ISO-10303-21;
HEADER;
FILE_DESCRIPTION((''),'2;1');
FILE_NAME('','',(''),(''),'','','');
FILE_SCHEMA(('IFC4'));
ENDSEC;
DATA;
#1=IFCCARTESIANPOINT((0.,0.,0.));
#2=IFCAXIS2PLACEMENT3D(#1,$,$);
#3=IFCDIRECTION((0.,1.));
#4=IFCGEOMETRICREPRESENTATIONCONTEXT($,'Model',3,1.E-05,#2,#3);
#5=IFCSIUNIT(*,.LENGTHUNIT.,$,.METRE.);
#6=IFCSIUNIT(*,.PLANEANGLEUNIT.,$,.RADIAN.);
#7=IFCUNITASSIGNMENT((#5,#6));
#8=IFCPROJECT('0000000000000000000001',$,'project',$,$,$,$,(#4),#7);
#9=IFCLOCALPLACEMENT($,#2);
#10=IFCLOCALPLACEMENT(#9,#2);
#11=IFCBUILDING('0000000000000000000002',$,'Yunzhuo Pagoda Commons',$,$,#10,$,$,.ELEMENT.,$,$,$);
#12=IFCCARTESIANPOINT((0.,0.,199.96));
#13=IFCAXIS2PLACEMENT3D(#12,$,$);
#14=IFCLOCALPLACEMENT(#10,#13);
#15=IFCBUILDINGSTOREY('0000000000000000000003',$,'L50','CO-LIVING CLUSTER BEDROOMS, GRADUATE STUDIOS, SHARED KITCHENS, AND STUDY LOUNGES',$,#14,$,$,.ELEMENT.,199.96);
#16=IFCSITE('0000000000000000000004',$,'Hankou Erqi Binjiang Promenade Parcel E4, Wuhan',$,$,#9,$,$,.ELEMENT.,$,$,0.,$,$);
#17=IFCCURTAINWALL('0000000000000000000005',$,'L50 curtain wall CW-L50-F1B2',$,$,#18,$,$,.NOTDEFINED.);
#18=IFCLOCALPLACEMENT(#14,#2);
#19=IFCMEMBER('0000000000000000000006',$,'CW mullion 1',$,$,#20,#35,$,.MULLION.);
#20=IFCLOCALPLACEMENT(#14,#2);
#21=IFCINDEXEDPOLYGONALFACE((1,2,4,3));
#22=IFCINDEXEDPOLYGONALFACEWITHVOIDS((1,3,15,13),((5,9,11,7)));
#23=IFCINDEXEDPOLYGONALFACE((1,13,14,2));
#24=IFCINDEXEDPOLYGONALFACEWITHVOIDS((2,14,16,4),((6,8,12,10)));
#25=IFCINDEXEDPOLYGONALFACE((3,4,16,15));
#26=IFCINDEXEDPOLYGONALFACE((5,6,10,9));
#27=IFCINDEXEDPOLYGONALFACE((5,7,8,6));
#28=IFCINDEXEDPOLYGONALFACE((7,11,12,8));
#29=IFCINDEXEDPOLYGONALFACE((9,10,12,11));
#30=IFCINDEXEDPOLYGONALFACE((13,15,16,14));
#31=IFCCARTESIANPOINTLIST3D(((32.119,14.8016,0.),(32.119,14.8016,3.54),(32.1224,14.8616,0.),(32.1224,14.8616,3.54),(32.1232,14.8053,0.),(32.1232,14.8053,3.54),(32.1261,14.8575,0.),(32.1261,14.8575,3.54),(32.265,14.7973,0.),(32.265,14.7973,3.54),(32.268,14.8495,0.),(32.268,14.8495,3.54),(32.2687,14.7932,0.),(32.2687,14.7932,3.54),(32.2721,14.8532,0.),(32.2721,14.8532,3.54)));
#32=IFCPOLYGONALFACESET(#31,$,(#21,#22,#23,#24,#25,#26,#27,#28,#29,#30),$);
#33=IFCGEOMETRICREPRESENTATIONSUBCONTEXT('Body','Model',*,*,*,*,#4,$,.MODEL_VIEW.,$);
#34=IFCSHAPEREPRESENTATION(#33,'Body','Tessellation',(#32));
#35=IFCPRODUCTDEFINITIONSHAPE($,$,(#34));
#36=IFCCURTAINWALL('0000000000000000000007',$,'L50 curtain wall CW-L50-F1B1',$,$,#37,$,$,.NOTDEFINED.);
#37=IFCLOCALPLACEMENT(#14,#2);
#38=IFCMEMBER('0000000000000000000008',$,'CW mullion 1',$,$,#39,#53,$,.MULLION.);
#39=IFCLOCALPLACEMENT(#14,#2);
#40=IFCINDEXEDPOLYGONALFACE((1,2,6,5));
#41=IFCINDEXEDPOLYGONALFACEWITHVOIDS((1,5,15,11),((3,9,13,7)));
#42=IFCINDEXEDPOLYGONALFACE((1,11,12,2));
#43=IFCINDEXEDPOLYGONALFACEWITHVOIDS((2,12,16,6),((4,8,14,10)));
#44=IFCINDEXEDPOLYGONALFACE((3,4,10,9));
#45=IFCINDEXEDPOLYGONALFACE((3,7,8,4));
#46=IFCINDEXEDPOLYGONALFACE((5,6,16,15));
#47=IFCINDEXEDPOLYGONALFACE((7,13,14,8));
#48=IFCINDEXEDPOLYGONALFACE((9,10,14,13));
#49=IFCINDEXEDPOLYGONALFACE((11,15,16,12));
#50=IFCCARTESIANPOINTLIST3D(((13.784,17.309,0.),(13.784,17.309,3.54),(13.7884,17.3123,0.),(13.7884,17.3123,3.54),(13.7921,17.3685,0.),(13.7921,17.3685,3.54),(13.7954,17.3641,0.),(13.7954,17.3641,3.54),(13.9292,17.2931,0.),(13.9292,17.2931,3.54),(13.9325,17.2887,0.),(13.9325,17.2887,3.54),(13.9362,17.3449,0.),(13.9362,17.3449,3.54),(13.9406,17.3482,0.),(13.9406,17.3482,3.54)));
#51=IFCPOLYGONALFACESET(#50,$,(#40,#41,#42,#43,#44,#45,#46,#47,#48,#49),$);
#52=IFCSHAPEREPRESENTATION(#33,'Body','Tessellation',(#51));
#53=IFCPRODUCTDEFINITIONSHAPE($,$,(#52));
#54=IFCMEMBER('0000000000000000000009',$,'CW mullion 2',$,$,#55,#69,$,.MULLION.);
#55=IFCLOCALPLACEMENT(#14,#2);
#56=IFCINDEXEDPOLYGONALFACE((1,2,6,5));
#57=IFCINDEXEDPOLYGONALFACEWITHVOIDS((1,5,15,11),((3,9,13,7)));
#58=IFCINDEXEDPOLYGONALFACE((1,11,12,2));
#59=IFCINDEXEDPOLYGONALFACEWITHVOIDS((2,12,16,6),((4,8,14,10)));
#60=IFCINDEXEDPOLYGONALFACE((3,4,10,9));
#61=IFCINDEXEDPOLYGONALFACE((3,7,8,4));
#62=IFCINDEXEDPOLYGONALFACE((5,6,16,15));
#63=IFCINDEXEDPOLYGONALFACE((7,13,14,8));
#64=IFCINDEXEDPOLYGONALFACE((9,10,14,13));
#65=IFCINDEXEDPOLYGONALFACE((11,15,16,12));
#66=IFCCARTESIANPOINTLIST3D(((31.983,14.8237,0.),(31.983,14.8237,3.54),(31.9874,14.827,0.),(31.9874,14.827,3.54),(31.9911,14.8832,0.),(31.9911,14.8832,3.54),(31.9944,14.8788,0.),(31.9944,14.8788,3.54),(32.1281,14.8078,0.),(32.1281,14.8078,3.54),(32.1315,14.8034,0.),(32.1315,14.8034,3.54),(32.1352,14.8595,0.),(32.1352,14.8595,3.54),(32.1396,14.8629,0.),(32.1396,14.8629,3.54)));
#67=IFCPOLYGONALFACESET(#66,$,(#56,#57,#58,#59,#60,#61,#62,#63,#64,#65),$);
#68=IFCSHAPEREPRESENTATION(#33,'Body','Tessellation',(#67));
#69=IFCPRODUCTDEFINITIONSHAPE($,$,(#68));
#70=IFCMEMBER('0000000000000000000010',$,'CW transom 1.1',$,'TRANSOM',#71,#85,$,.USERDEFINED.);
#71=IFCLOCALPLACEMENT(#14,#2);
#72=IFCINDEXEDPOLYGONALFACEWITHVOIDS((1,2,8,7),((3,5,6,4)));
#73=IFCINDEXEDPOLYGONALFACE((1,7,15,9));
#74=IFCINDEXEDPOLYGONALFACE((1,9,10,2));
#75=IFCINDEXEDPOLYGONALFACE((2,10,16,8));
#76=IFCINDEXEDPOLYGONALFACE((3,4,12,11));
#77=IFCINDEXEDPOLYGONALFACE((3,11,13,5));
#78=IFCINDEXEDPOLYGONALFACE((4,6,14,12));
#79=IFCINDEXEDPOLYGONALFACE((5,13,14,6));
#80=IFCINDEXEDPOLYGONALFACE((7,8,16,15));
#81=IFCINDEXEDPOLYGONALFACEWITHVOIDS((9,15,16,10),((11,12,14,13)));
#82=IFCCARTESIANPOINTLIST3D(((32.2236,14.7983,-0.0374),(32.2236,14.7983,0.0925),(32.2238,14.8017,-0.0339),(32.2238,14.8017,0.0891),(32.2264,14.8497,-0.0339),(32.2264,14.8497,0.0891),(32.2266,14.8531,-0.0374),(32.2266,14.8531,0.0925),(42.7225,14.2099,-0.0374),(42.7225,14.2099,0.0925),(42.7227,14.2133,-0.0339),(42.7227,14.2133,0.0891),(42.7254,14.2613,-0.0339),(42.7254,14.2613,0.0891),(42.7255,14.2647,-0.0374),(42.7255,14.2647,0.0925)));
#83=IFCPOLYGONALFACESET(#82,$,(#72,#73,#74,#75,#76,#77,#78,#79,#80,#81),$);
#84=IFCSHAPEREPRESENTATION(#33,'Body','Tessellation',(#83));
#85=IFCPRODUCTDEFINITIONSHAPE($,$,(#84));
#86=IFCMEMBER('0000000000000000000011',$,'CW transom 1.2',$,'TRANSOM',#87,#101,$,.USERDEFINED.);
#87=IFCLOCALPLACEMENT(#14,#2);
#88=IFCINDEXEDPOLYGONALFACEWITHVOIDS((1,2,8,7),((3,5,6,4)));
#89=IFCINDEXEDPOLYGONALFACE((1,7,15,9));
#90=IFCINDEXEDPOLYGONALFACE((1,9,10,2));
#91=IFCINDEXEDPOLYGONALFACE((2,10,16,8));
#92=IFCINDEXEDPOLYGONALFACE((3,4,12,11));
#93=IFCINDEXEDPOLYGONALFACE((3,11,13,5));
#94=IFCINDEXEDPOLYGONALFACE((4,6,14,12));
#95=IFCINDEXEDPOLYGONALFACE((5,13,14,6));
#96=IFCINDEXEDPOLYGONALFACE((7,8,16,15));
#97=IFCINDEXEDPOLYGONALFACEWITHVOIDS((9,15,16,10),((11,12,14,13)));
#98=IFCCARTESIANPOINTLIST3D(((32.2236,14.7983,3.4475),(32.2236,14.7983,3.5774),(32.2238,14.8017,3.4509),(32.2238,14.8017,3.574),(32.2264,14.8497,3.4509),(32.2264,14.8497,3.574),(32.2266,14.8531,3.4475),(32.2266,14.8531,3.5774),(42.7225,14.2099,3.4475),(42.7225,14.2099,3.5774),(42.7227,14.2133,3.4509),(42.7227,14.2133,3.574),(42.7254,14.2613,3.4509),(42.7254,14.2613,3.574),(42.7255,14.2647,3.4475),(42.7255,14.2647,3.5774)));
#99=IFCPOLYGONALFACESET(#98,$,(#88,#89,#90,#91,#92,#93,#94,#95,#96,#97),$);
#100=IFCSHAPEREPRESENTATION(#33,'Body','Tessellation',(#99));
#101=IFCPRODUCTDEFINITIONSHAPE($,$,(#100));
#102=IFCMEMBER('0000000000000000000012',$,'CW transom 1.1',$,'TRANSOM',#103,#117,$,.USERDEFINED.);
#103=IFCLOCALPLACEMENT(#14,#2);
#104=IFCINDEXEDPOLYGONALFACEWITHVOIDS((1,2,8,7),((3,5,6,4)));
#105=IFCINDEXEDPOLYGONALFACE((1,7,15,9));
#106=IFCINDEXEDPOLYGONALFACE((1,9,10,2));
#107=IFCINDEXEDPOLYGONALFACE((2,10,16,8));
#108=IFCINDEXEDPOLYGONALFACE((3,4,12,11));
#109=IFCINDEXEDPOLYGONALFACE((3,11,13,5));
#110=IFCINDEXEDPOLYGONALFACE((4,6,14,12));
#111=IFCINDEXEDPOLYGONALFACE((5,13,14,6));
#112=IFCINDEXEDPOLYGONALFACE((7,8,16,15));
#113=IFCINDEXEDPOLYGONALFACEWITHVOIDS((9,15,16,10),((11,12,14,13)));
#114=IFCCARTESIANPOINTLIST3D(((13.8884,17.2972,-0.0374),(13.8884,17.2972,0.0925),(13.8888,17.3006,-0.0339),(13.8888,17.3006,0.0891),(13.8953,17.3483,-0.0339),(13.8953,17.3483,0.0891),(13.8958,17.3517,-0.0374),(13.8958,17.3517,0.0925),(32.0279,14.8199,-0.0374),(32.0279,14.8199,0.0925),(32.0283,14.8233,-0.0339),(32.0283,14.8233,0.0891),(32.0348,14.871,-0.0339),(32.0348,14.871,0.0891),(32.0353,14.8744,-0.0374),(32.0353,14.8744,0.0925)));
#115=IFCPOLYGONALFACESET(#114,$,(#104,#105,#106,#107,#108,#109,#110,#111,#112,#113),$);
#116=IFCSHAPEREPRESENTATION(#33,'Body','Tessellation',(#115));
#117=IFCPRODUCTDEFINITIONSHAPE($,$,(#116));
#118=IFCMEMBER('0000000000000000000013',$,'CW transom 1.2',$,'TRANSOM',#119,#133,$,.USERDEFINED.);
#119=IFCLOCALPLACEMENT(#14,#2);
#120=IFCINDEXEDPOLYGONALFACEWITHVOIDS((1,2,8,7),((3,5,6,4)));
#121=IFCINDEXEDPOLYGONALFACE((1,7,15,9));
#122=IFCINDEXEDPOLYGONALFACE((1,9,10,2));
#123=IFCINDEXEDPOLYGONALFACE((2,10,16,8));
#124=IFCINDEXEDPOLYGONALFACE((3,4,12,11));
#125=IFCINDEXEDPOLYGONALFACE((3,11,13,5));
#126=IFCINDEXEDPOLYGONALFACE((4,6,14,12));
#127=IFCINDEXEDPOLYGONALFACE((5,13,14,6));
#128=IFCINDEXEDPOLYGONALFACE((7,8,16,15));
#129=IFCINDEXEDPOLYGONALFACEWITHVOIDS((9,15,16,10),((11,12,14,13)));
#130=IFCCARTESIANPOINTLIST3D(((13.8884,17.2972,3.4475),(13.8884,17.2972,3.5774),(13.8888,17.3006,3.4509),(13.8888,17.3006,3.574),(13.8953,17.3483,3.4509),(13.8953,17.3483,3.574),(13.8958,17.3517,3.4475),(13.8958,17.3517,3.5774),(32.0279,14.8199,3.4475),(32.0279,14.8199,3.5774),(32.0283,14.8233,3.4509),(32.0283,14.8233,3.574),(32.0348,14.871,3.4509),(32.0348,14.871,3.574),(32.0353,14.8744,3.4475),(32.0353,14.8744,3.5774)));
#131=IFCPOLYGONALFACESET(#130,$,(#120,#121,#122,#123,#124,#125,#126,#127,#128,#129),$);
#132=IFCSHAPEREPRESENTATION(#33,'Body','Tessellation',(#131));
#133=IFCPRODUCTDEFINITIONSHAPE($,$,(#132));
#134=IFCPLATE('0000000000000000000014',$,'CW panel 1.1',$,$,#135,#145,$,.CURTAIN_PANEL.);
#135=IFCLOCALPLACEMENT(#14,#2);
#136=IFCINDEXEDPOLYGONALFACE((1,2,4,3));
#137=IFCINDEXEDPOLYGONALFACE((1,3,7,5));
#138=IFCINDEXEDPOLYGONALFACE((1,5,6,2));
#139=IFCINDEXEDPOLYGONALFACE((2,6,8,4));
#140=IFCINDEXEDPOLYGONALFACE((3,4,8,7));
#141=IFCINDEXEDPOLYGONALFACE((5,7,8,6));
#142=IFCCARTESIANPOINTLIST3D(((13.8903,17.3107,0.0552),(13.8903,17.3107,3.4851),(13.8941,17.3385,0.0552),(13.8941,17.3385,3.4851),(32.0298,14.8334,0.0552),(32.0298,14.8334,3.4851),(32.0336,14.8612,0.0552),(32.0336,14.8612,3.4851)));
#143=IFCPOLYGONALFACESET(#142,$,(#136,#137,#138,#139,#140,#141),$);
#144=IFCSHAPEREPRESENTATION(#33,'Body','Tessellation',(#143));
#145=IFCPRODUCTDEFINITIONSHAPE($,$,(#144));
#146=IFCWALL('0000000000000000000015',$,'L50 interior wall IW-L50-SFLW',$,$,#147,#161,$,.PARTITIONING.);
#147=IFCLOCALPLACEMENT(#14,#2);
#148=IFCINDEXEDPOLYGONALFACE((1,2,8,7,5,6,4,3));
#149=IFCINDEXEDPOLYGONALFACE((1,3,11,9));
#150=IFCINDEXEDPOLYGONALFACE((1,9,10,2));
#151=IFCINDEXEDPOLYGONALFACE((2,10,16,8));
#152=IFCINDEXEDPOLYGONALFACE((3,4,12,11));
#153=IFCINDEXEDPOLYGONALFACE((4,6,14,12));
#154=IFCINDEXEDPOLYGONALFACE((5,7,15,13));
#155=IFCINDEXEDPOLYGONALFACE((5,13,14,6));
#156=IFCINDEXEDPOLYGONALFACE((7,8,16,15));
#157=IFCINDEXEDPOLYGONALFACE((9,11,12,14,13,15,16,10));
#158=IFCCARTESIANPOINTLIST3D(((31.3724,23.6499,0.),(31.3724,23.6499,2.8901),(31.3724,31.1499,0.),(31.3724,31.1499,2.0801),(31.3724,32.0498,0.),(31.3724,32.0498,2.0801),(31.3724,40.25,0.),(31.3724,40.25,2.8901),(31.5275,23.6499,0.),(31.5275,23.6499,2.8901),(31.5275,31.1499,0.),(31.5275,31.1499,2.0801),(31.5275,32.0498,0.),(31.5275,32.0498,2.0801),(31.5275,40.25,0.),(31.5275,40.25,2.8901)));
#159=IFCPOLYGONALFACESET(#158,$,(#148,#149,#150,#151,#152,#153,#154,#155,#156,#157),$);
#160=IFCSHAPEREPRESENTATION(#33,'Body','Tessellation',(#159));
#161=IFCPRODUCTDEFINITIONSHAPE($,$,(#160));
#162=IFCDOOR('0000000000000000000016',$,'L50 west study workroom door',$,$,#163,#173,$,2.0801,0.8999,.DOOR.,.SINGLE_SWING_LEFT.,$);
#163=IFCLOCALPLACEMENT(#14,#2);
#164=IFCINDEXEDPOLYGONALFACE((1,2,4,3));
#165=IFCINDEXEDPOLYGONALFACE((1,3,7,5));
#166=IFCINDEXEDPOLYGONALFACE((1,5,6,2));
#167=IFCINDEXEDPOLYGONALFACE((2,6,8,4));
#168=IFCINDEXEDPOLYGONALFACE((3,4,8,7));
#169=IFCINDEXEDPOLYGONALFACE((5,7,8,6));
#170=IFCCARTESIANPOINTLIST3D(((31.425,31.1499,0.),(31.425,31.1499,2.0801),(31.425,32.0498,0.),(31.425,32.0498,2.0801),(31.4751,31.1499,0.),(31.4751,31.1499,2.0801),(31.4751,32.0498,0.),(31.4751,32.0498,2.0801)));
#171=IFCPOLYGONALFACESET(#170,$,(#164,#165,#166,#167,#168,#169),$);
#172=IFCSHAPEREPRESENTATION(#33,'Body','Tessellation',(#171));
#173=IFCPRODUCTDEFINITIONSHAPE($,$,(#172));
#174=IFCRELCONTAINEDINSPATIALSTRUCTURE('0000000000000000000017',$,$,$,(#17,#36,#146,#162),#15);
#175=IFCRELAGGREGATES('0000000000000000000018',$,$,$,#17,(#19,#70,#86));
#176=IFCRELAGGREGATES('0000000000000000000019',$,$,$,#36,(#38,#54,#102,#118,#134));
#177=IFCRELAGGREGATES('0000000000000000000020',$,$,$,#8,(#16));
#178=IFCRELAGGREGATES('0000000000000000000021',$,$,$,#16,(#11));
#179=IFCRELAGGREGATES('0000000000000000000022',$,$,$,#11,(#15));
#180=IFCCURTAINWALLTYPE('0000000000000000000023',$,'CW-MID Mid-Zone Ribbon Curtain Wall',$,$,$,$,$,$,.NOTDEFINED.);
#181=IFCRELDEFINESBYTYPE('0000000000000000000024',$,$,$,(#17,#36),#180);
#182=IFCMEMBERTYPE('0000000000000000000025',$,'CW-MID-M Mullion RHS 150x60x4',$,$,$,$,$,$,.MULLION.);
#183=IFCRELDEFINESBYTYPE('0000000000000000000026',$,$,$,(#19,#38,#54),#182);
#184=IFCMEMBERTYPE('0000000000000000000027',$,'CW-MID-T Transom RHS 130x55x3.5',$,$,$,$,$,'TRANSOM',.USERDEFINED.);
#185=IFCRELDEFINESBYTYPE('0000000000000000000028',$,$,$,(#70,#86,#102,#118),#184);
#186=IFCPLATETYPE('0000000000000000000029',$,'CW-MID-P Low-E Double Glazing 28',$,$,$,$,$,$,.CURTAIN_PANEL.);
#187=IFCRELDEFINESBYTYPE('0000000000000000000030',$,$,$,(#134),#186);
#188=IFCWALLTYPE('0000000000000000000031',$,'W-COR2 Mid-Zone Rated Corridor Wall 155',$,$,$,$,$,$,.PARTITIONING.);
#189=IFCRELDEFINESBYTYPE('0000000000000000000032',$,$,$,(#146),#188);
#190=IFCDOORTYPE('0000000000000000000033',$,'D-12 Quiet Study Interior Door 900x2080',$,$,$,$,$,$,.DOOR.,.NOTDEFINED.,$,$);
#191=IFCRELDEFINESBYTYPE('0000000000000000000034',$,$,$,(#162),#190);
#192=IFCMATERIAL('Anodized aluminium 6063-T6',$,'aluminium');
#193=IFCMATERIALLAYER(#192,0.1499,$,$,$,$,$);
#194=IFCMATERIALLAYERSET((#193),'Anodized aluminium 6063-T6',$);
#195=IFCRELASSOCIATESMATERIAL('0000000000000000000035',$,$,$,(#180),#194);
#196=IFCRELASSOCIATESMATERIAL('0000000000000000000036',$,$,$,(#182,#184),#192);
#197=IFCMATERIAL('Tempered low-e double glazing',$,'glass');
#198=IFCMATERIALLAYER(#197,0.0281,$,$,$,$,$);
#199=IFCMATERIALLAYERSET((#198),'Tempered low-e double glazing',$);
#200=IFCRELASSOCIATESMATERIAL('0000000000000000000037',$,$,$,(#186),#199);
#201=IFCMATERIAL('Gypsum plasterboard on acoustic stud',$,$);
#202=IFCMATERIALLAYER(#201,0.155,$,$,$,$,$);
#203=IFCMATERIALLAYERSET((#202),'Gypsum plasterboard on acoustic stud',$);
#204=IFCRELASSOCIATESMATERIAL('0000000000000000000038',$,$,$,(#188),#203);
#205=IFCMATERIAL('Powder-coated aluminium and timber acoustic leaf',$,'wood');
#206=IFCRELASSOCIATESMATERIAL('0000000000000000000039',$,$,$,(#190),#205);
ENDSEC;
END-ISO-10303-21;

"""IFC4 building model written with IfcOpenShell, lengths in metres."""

from ifc_helpers import new_model, si_unit, direction, frame, frame_2d, origin, origin_with_axes, origin_2d, place, context, subcontext, project, spatial, rectangle, hollow_rectangle, extrude, source, transform, mapped, material, layer, layer_set, material_profile, profile_set, type_object, element, fill, aggregate, save


model = new_model("IFC4")

# Units and contexts
model_context = context("Model", 3, precision=1e-05, world=origin(), true_north=direction((0.0, 1.0)))
body_context = subcontext(model_context, "Body", "Model", "MODEL_VIEW")
ifc_project = project(units=[si_unit("LENGTHUNIT", "METRE"), si_unit("PLANEANGLEUNIT", "RADIAN")], contexts=[model_context])

# Site, building, storey
site_placement = place(None, origin())
site = spatial("IfcSite", under=ifc_project, at=site_placement, Name="Hankou Erqi Binjiang Promenade Parcel E4, Wuhan", CompositionType="ELEMENT", RefElevation=0.0)
building_placement = place(site_placement, origin())
building = spatial("IfcBuilding", under=site, at=building_placement, Name="Yunzhuo Pagoda Commons", CompositionType="ELEMENT")
storey_placement = place(building_placement, frame((0.0, 0.0, 199.96)))
storey = spatial("IfcBuildingStorey", under=building, at=storey_placement, Name="L50", Description="CO-LIVING CLUSTER BEDROOMS, GRADUATE STUDIOS, SHARED KITCHENS, AND STUDY LOUNGES", CompositionType="ELEMENT", Elevation=199.96)

# Curtain wall, member
ifc_material_1 = material(Name="Anodized aluminium 6063-T6", Category="aluminium")
ifc_layer_1 = layer(ifc_material_1, 0.1499)
ifc_layer_set_1 = layer_set([ifc_layer_1], Name="Anodized aluminium 6063-T6")
curtain_wall_type = type_object("IfcCurtainWallType", Name="CW-MID Mid-Zone Ribbon Curtain Wall", PredefinedType="NOTDEFINED", material=ifc_layer_set_1)
curtain_wall_1_placement = place(storey_placement, origin())
curtain_wall_1 = element("IfcCurtainWall", 1, at=curtain_wall_1_placement, inside=storey, type_object=curtain_wall_type, Name="L50 curtain wall CW-L50-F1B2", PredefinedType="NOTDEFINED")
ifc_material_profile_1 = material_profile(ifc_material_1, hollow_rectangle(XDim=0.0601, YDim=0.1499, WallThickness=0.0039, at=origin_2d()), Name="Anodized aluminium 6063-T6")
ifc_profile_set_1 = profile_set([ifc_material_profile_1], Name="Anodized aluminium 6063-T6")
member_type_1 = type_object("IfcMemberType", Name="CW-MID-M Mullion RHS 150x60x4", PredefinedType="MULLION", material=ifc_profile_set_1)
shared_shape_1 = source(origin(), body_context, "Body", "SweptSolid", [
    extrude(hollow_rectangle(XDim=0.0601, YDim=0.1499, WallThickness=0.0039, at=origin_2d()), origin(), (0.0, 0.0, 1.0), 3.54),
])
member_1_placement = place(storey_placement, frame((32.1956, 14.8274, 0.0), z_axis=(0.0, 0.0, 1.0), x_axis=(0.055983, 0.998432, 0.0)))
member_1 = element("IfcMember", 2, at=member_1_placement, type_object=member_type_1, Name="CW mullion 1", PredefinedType="MULLION", context=body_context, shape_type="MappedRepresentation", body=[
    mapped(shared_shape_1, transform((0.0, 0.0, 0.0), scale=1.0)),
])

# Curtain wall, members
curtain_wall_2_placement = place(storey_placement, origin())
curtain_wall_2 = element("IfcCurtainWall", 3, at=curtain_wall_2_placement, inside=storey, type_object=curtain_wall_type, Name="L50 curtain wall CW-L50-F1B1", PredefinedType="NOTDEFINED")
member_2_placement = place(storey_placement, frame((13.8623, 17.3286, 0.0), z_axis=(0.0, 0.0, 1.0), x_axis=(0.135312, 0.990803, 0.0)))
member_2 = element("IfcMember", 4, at=member_2_placement, type_object=member_type_1, Name="CW mullion 1", PredefinedType="MULLION", context=body_context, shape_type="MappedRepresentation", body=[
    mapped(shared_shape_1, transform((0.0, 0.0, 0.0), scale=1.0)),
])
member_3_placement = place(storey_placement, frame((32.0613, 14.8433, 0.0), z_axis=(0.0, 0.0, 1.0), x_axis=(0.135312, 0.990803, 0.0)))
member_3 = element("IfcMember", 5, at=member_3_placement, type_object=member_type_1, Name="CW mullion 2", PredefinedType="MULLION", context=body_context, shape_type="MappedRepresentation", body=[
    mapped(shared_shape_1, transform((0.0, 0.0, 0.0), scale=1.0)),
])

# Members
ifc_material_profile_2 = material_profile(ifc_material_1, hollow_rectangle(XDim=0.0549, YDim=0.1299, WallThickness=0.0034, at=origin_2d()), Name="Anodized aluminium 6063-T6")
ifc_profile_set_2 = profile_set([ifc_material_profile_2], Name="Anodized aluminium 6063-T6")
member_type_2 = type_object("IfcMemberType", Name="CW-MID-T Transom RHS 130x55x3.5", ElementType="TRANSOM", PredefinedType="USERDEFINED", material=ifc_profile_set_2)
shared_shape_2 = source(origin(), body_context, "Body", "SweptSolid", [
    extrude(hollow_rectangle(XDim=0.0549, YDim=0.1299, WallThickness=0.0034, at=origin_2d()), origin(), (0.0, 0.0, 1.0), 10.5154),
])
member_4_placement = place(storey_placement, frame((32.2251, 14.8257, 0.0276), z_axis=(0.998433, -0.055954, 0.0), x_axis=(0.055954, 0.998433, 0.0)))
member_4 = element("IfcMember", 6, at=member_4_placement, type_object=member_type_2, Name="CW transom 1.1", ObjectType="TRANSOM", PredefinedType="USERDEFINED", context=body_context, shape_type="MappedRepresentation", body=[
    mapped(shared_shape_2, transform((0.0, 0.0, 0.0), scale=1.0)),
])
member_5_placement = place(storey_placement, frame((32.2251, 14.8257, 3.5125), z_axis=(0.998433, -0.055954, 0.0), x_axis=(0.055954, 0.998433, 0.0)))
member_5 = element("IfcMember", 7, at=member_5_placement, type_object=member_type_2, Name="CW transom 1.2", ObjectType="TRANSOM", PredefinedType="USERDEFINED", context=body_context, shape_type="MappedRepresentation", body=[
    mapped(shared_shape_2, transform((0.0, 0.0, 0.0), scale=1.0)),
])
aggregate(curtain_wall_1, [member_1, member_4, member_5])
shared_shape_3 = source(origin(), body_context, "Body", "SweptSolid", [
    extrude(hollow_rectangle(XDim=0.0549, YDim=0.1299, WallThickness=0.0034, at=origin_2d()), origin(), (0.0, 0.0, 1.0), 18.3079),
])
member_6_placement = place(storey_placement, frame((13.8921, 17.3245, 0.0276), z_axis=(0.990803, -0.135314, 0.0), x_axis=(0.135314, 0.990803, 0.0)))
member_6 = element("IfcMember", 8, at=member_6_placement, type_object=member_type_2, Name="CW transom 1.1", ObjectType="TRANSOM", PredefinedType="USERDEFINED", context=body_context, shape_type="MappedRepresentation", body=[
    mapped(shared_shape_3, transform((0.0, 0.0, 0.0), scale=1.0)),
])
member_7_placement = place(storey_placement, frame((13.8921, 17.3245, 3.5125), z_axis=(0.990803, -0.135314, 0.0), x_axis=(0.135314, 0.990803, 0.0)))
member_7 = element("IfcMember", 9, at=member_7_placement, type_object=member_type_2, Name="CW transom 1.2", ObjectType="TRANSOM", PredefinedType="USERDEFINED", context=body_context, shape_type="MappedRepresentation", body=[
    mapped(shared_shape_3, transform((0.0, 0.0, 0.0), scale=1.0)),
])

# Plate
ifc_material_2 = material(Name="Tempered low-e double glazing", Category="glass")
ifc_layer_2 = layer(ifc_material_2, 0.0281)
ifc_layer_set_2 = layer_set([ifc_layer_2], Name="Tempered low-e double glazing")
plate_type = type_object("IfcPlateType", Name="CW-MID-P Low-E Double Glazing 28", PredefinedType="CURTAIN_PANEL", material=ifc_layer_set_2)
shared_shape_4 = source(origin(), body_context, "Body", "SweptSolid", [
    extrude(rectangle(XDim=18.3079, YDim=0.0281, at=origin_2d()), origin(), (0.0, 0.0, 1.0), 3.4299),
])
plate_placement = place(storey_placement, frame((22.9619, 16.0859, 0.0552), z_axis=(0.0, 0.0, 1.0), x_axis=(0.990803, -0.135312, 0.0)))
plate = element("IfcPlate", 10, at=plate_placement, type_object=plate_type, Name="CW panel 1.1", PredefinedType="CURTAIN_PANEL", context=body_context, shape_type="MappedRepresentation", body=[
    mapped(shared_shape_4, transform((0.0, 0.0, 0.0), scale=1.0)),
])
aggregate(curtain_wall_2, [member_2, member_3, member_6, member_7, plate])

# Wall, opening, door
ifc_material_3 = material(Name="Gypsum plasterboard on acoustic stud")
ifc_layer_3 = layer(ifc_material_3, 0.155)
ifc_layer_set_3 = layer_set([ifc_layer_3], Name="Gypsum plasterboard on acoustic stud")
wall_type_1 = type_object("IfcWallType", Name="W-COR2 Mid-Zone Rated Corridor Wall 155", PredefinedType="PARTITIONING", material=ifc_layer_set_3)
wall_1_placement = place(storey_placement, frame((31.45, 23.6499, 0.0), z_axis=(0.0, 0.0, 1.0), x_axis=(0.0, 1.0, 0.0)))
wall_1 = element("IfcWall", 11, at=wall_1_placement, inside=storey, type_object=wall_type_1, Name="L50 interior wall IW-L50-SFLW", PredefinedType="PARTITIONING", context=body_context, shape_type="SweptSolid", body=[
    extrude(rectangle(XDim=16.6001, YDim=0.155, at=frame_2d((8.3, 0.0))), origin(), (0.0, 0.0, 1.0), 2.8901),
])
opening_1_placement = place(wall_1_placement, frame((7.5, 0.0, 0.0)))
opening_1 = element("IfcOpeningElement", 12, at=opening_1_placement, cuts=wall_1, PredefinedType="OPENING", context=body_context, shape_type="SweptSolid", body=[
    extrude(rectangle(XDim=0.8999, YDim=2.0801, at=frame_2d((0.45, 1.04))), frame((0.0, 0.0874, 0.0), z_axis=(0.0, -1.0, 0.0), x_axis=(1.0, 0.0, 0.0)), (0.0, 0.0, 1.0), 0.175),
])
ifc_material_4 = material(Name="Powder-coated aluminium and timber acoustic leaf", Category="wood")
door_type_1 = type_object("IfcDoorType", Name="D-12 Quiet Study Interior Door 900x2080", OperationType="NOTDEFINED", PredefinedType="DOOR", material=ifc_material_4)
shared_shape_5 = source(origin(), body_context, "Body", "SweptSolid", [
    extrude(rectangle(XDim=0.8999, YDim=2.0801, at=frame_2d((0.45, 1.04))), frame((0.0, 0.0249, 0.0), z_axis=(0.0, -1.0, 0.0), x_axis=(1.0, 0.0, 0.0)), (0.0, 0.0, 1.0), 0.05),
])
door_1_placement = place(opening_1_placement, origin_with_axes())
door_1 = element("IfcDoor", 13, at=door_1_placement, inside=storey, type_object=door_type_1, Name="L50 west study workroom door", OperationType="SINGLE_SWING_LEFT", OverallHeight=2.0801, OverallWidth=0.8999, PredefinedType="DOOR", context=body_context, shape_type="MappedRepresentation", body=[
    mapped(shared_shape_5, transform((0.0, 0.0, 0.0), scale=1.0)),
])
fill(opening_1, door_1)

save(model, "model.ifc")
